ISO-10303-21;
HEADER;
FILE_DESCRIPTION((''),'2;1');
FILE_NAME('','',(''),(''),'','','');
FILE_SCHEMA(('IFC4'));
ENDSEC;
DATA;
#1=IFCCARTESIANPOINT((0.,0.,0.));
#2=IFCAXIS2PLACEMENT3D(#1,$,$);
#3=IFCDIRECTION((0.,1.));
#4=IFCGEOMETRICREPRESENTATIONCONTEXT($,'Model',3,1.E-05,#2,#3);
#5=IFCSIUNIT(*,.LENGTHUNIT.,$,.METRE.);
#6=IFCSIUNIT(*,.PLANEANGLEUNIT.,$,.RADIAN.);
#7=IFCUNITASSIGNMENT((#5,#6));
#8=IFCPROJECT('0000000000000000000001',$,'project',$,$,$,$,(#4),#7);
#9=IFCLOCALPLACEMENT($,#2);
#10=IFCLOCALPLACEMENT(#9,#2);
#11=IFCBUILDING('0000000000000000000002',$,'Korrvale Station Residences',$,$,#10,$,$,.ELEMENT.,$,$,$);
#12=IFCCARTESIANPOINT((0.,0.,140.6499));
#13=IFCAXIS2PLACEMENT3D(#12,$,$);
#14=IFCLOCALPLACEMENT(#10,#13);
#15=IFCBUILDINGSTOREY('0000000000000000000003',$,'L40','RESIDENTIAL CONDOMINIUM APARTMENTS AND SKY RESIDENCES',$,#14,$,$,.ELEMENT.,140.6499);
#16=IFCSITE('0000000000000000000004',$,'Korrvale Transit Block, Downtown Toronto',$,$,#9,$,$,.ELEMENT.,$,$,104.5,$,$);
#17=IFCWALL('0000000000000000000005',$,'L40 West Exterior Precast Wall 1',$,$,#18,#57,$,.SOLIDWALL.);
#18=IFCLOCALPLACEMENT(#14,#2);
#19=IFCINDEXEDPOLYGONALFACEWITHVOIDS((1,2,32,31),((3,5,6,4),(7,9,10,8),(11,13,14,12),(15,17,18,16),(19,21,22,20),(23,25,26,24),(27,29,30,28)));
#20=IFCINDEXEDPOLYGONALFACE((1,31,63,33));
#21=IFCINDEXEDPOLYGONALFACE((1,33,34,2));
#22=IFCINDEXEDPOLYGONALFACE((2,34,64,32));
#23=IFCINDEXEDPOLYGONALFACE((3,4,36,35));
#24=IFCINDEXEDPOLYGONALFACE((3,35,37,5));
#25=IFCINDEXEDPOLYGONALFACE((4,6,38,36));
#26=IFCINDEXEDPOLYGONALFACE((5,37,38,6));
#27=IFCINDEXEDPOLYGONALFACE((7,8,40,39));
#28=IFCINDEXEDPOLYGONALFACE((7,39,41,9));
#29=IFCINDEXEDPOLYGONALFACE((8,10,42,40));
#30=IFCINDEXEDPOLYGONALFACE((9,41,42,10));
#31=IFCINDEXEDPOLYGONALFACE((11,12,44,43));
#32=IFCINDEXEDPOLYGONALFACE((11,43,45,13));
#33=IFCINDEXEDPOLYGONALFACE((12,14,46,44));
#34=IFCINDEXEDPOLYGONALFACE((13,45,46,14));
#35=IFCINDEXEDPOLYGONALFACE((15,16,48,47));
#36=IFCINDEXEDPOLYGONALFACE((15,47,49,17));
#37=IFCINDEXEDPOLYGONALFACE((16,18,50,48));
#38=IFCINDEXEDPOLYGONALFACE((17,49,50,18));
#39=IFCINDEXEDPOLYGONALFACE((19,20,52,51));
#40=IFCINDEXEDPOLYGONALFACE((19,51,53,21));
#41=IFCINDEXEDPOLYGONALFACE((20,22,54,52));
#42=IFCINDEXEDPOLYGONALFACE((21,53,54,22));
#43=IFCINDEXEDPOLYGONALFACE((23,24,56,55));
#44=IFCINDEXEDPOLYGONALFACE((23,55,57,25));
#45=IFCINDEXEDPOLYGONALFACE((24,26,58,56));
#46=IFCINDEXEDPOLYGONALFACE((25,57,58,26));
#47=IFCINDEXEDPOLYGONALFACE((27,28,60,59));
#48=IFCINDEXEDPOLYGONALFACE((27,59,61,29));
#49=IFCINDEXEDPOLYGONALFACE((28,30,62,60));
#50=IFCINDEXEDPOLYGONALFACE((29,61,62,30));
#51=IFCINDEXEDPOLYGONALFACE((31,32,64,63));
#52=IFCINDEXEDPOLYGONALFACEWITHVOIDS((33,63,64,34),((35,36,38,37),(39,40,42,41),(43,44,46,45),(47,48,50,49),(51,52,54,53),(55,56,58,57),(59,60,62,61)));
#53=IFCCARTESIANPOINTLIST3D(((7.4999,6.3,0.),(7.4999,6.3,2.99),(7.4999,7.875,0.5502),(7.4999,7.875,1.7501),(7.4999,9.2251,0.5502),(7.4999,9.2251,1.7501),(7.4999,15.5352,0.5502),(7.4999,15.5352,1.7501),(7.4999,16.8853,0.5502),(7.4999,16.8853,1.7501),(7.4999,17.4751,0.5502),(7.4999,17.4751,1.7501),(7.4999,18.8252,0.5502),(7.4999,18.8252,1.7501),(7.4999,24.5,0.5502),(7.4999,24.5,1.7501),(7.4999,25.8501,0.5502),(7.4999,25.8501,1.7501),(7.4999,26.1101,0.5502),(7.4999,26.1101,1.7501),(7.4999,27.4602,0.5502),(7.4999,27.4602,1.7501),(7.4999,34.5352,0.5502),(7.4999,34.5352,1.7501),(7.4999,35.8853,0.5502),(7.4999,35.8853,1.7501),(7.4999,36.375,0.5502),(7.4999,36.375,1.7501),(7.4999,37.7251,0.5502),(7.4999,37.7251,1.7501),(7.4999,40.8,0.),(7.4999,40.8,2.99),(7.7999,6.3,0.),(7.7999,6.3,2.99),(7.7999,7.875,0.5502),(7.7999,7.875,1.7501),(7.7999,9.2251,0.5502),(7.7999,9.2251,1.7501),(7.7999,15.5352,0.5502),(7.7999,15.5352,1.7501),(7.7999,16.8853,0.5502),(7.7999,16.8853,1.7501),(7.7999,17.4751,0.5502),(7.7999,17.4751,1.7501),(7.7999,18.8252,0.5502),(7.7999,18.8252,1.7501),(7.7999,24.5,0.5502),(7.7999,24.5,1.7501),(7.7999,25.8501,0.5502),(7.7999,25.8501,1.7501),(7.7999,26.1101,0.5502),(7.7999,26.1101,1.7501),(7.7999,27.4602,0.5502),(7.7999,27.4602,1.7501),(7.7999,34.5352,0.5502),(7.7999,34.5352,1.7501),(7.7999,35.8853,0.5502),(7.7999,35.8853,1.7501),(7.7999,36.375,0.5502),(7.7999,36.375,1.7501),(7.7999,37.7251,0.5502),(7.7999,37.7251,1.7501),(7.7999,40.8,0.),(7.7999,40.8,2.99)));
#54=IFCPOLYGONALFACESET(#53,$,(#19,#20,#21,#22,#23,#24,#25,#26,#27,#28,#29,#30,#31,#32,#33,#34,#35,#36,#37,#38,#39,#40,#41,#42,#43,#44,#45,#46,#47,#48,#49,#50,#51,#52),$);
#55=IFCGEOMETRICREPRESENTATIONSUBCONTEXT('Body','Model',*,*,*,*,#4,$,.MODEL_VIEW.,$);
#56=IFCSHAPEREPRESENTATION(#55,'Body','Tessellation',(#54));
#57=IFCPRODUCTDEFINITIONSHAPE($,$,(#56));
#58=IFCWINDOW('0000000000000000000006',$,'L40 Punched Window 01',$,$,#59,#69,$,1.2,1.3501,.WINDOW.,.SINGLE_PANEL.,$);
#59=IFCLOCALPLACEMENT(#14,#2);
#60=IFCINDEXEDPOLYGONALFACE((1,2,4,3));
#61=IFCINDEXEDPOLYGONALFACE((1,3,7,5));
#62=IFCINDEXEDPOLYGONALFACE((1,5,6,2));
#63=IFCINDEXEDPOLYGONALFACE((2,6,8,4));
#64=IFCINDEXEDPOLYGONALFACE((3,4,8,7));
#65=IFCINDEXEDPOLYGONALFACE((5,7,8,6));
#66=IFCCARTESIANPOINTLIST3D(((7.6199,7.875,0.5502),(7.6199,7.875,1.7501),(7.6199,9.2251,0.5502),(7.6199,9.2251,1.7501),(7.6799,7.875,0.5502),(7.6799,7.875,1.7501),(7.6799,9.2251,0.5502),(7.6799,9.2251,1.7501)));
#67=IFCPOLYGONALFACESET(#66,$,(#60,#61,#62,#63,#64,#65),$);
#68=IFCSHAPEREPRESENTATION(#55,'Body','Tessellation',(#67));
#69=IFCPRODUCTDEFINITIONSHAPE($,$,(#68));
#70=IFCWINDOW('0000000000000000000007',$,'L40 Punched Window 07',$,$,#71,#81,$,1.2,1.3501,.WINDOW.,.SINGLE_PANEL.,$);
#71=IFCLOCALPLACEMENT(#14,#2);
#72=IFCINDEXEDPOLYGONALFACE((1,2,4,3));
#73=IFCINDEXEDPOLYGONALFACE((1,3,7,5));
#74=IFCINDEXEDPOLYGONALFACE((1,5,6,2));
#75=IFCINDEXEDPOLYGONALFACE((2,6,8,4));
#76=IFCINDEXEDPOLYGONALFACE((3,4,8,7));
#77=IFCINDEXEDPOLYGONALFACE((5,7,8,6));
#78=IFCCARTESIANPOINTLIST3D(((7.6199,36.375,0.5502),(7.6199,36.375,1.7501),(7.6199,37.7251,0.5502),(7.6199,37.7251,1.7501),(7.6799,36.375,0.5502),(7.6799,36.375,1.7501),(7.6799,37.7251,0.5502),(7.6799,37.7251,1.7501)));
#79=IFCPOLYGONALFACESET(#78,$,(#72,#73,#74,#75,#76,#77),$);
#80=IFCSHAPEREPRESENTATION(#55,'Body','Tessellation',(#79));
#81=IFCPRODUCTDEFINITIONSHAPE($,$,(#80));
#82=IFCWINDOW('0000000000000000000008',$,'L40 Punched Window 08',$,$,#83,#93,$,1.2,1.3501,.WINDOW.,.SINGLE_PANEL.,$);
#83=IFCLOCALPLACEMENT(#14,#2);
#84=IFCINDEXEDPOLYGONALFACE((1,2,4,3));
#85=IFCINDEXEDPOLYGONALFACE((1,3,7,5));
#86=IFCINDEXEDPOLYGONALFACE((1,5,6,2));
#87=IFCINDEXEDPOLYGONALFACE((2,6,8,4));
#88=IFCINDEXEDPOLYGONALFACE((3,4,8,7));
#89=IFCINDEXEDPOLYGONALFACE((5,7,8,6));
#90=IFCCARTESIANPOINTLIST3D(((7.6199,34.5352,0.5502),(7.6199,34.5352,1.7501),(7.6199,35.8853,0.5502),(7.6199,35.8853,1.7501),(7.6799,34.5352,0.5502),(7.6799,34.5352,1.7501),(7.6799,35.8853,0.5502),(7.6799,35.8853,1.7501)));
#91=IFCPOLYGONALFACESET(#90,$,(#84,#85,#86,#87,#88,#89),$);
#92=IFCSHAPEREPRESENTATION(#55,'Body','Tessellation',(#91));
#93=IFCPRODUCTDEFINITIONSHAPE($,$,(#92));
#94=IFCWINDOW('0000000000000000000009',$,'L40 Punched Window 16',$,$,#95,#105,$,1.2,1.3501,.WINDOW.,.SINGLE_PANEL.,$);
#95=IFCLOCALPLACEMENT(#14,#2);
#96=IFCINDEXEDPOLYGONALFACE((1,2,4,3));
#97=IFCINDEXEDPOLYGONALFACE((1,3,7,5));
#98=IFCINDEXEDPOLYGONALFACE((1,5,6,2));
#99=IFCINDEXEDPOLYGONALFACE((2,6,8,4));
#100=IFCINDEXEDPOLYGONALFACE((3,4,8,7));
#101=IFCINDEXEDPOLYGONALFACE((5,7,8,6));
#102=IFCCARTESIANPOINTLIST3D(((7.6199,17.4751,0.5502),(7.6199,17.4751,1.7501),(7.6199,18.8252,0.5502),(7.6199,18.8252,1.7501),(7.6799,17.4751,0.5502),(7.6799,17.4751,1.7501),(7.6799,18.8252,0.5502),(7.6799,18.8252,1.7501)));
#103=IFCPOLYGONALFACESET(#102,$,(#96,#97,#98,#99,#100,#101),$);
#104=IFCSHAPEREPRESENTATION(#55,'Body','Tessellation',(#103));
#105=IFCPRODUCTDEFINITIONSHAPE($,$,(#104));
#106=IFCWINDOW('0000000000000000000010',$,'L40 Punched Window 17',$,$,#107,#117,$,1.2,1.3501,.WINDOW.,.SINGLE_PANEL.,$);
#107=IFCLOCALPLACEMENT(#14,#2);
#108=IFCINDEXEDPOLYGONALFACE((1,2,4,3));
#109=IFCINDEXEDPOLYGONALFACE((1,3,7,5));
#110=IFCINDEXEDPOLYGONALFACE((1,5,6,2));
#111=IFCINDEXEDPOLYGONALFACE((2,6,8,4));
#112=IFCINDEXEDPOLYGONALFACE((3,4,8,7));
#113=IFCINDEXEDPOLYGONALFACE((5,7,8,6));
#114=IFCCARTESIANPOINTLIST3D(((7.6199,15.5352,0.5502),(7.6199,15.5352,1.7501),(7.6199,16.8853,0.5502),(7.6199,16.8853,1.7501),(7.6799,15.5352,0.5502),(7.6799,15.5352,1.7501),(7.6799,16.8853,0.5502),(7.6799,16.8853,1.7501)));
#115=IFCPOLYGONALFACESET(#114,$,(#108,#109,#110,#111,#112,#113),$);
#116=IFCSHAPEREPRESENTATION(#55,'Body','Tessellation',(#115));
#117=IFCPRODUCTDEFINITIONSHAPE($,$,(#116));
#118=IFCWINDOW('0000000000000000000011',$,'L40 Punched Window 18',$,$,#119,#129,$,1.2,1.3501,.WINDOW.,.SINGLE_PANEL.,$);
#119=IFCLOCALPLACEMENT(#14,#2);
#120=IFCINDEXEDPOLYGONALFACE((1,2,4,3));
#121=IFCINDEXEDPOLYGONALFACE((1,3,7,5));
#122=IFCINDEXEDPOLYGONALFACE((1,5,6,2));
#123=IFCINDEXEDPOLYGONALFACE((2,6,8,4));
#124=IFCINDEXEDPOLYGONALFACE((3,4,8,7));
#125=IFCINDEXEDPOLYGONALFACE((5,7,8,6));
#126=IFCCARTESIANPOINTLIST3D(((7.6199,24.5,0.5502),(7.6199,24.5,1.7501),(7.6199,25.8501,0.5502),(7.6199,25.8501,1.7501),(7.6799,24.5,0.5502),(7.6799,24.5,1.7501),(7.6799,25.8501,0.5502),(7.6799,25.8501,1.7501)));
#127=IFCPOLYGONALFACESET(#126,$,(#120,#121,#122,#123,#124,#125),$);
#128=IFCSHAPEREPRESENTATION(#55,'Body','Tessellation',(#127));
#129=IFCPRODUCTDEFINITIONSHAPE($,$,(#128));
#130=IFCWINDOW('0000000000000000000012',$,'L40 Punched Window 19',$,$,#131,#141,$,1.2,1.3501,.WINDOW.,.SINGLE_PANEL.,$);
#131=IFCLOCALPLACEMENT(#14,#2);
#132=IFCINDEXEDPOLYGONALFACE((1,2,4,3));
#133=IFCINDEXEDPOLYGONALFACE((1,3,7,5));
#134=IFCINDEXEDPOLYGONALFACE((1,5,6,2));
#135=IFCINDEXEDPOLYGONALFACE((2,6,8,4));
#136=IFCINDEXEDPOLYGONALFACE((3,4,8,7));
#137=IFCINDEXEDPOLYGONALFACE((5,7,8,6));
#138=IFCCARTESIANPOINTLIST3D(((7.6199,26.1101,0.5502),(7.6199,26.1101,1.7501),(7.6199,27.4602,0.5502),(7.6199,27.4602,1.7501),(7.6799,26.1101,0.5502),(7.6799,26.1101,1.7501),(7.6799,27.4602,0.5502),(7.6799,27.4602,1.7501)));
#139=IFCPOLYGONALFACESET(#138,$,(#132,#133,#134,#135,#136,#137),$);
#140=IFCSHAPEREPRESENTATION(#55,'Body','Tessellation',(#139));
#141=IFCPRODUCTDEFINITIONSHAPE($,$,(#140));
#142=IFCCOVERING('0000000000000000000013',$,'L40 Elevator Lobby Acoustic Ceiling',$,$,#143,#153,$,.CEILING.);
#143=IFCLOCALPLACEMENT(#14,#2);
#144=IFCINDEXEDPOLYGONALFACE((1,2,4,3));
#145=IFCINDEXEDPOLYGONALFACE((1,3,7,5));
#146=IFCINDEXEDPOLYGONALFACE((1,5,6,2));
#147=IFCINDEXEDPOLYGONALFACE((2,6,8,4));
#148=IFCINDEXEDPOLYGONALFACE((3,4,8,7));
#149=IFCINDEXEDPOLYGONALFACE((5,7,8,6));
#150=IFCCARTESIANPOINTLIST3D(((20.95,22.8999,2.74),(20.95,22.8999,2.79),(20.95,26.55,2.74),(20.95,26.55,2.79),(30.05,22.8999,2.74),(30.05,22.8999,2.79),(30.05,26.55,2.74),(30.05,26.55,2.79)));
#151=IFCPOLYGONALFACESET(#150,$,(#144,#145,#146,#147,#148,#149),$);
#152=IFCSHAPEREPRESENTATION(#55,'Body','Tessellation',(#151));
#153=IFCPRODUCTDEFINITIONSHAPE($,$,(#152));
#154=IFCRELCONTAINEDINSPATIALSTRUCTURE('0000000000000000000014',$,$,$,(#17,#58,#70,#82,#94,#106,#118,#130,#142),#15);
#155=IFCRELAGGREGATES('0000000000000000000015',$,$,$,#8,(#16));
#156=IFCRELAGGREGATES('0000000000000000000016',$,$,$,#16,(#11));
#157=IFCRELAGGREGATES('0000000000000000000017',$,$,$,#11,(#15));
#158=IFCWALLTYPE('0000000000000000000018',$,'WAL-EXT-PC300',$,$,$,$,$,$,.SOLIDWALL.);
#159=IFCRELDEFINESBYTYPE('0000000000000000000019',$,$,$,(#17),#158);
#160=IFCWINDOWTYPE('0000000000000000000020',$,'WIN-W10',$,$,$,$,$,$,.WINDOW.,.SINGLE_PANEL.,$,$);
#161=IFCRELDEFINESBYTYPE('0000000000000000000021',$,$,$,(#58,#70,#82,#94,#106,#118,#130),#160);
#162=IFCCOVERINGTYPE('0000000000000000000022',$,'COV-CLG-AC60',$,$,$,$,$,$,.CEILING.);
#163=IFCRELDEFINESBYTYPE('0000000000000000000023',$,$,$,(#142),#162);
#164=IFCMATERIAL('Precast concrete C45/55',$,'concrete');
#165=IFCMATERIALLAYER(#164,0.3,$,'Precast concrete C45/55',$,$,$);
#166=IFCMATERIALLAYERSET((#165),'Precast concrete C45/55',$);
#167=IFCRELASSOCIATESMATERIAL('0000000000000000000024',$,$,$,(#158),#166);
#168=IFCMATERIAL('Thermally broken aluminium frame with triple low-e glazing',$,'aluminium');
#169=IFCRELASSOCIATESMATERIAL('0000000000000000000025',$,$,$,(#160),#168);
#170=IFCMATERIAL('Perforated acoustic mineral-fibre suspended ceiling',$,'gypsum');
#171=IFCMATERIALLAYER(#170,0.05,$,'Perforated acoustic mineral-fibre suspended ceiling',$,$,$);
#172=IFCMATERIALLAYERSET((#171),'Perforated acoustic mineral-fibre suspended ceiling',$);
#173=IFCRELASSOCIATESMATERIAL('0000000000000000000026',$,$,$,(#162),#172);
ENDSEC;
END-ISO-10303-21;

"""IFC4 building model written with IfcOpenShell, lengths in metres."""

from ifc_helpers import new_model, si_unit, direction, frame, frame_2d, origin, place, context, subcontext, project, spatial, polyline, rectangle, outline, extrude, material, layer, layer_set, type_object, element, fill, save


model = new_model("IFC4")

# Units and contexts
model_context = context("Model", 3, precision=1e-05, world=origin(), true_north=direction((0.0, 1.0)))
body_context = subcontext(model_context, "Body", "Model", "MODEL_VIEW")
ifc_project = project(units=[si_unit("LENGTHUNIT", "METRE"), si_unit("PLANEANGLEUNIT", "RADIAN")], contexts=[model_context])

# Site, building, storey
site_placement = place(None, origin())
site = spatial("IfcSite", under=ifc_project, at=site_placement, Name="Korrvale Transit Block, Downtown Toronto", CompositionType="ELEMENT", RefElevation=104.5)
building_placement = place(site_placement, origin())
building = spatial("IfcBuilding", under=site, at=building_placement, Name="Korrvale Station Residences", CompositionType="ELEMENT")
storey_placement = place(building_placement, frame((0.0, 0.0, 140.6499)))
storey = spatial("IfcBuildingStorey", under=building, at=storey_placement, Name="L40", Description="RESIDENTIAL CONDOMINIUM APARTMENTS AND SKY RESIDENCES", CompositionType="ELEMENT", Elevation=140.6499)

# Shared definitions
ifc_material_1 = material(Name="Precast concrete C45/55", Category="concrete")
ifc_layer_1 = layer(ifc_material_1, 0.3, Name="Precast concrete C45/55")
ifc_layer_set_1 = layer_set([ifc_layer_1], Name="Precast concrete C45/55")
wall_type_1 = type_object("IfcWallType", Name="WAL-EXT-PC300", PredefinedType="SOLIDWALL", material=ifc_layer_set_1)

# Wall, openings, windows
wall_1_placement = place(storey_placement, frame((7.6499, 6.3, 0.0), z_axis=(0.0, 0.0, 1.0), x_axis=(0.0, 1.0, 0.0)))
wall_1 = element("IfcWall", 1, at=wall_1_placement, inside=storey, type_object=wall_type_1, Name="L40 West Exterior Precast Wall 1", PredefinedType="SOLIDWALL", context=body_context, shape_type="SweptSolid", body=[
    extrude(rectangle(XDim=34.5, YDim=0.3, at=frame_2d((17.25, 0.0))), origin(), (0.0, 0.0, 1.0), 2.99),
])
opening_1_placement = place(wall_1_placement, frame((1.575, 0.0, 0.55)))
opening_1 = element("IfcOpeningElement", 2, at=opening_1_placement, cuts=wall_1, PredefinedType="OPENING", context=body_context, shape_type="SweptSolid", body=[
    extrude(rectangle(XDim=1.3501, YDim=1.2, at=frame_2d((0.675, 0.6001))), frame((0.0, 0.1602, 0.0), z_axis=(0.0, -1.0, 0.0), x_axis=(1.0, 0.0, 0.0)), (0.0, 0.0, 1.0), 0.3201),
])
opening_2_placement = place(wall_1_placement, frame((30.075, 0.0, 0.55)))
opening_2 = element("IfcOpeningElement", 3, at=opening_2_placement, cuts=wall_1, PredefinedType="OPENING", context=body_context, shape_type="SweptSolid", body=[
    extrude(rectangle(XDim=1.3501, YDim=1.2, at=frame_2d((0.675, 0.6001))), frame((0.0, 0.1602, 0.0), z_axis=(0.0, -1.0, 0.0), x_axis=(1.0, 0.0, 0.0)), (0.0, 0.0, 1.0), 0.3201),
])
opening_3_placement = place(wall_1_placement, frame((28.2351, 0.0, 0.55)))
opening_3 = element("IfcOpeningElement", 4, at=opening_3_placement, cuts=wall_1, PredefinedType="OPENING", context=body_context, shape_type="SweptSolid", body=[
    extrude(rectangle(XDim=1.3501, YDim=1.2, at=frame_2d((0.675, 0.6001))), frame((0.0, 0.1602, 0.0), z_axis=(0.0, -1.0, 0.0), x_axis=(1.0, 0.0, 0.0)), (0.0, 0.0, 1.0), 0.3201),
])
opening_4_placement = place(wall_1_placement, frame((11.175, 0.0, 0.55)))
opening_4 = element("IfcOpeningElement", 5, at=opening_4_placement, cuts=wall_1, PredefinedType="OPENING", context=body_context, shape_type="SweptSolid", body=[
    extrude(rectangle(XDim=1.3501, YDim=1.2, at=frame_2d((0.675, 0.6001))), frame((0.0, 0.1602, 0.0), z_axis=(0.0, -1.0, 0.0), x_axis=(1.0, 0.0, 0.0)), (0.0, 0.0, 1.0), 0.3201),
])
opening_5_placement = place(wall_1_placement, frame((9.2351, 0.0, 0.55)))
opening_5 = element("IfcOpeningElement", 6, at=opening_5_placement, cuts=wall_1, PredefinedType="OPENING", context=body_context, shape_type="SweptSolid", body=[
    extrude(rectangle(XDim=1.3501, YDim=1.2, at=frame_2d((0.675, 0.6001))), frame((0.0, 0.1602, 0.0), z_axis=(0.0, -1.0, 0.0), x_axis=(1.0, 0.0, 0.0)), (0.0, 0.0, 1.0), 0.3201),
])
opening_6_placement = place(wall_1_placement, frame((18.2, 0.0, 0.55)))
opening_6 = element("IfcOpeningElement", 7, at=opening_6_placement, cuts=wall_1, PredefinedType="OPENING", context=body_context, shape_type="SweptSolid", body=[
    extrude(rectangle(XDim=1.3501, YDim=1.2, at=frame_2d((0.675, 0.6001))), frame((0.0, 0.1602, 0.0), z_axis=(0.0, -1.0, 0.0), x_axis=(1.0, 0.0, 0.0)), (0.0, 0.0, 1.0), 0.3201),
])
opening_7_placement = place(wall_1_placement, frame((19.8101, 0.0, 0.55)))
opening_7 = element("IfcOpeningElement", 8, at=opening_7_placement, cuts=wall_1, PredefinedType="OPENING", context=body_context, shape_type="SweptSolid", body=[
    extrude(rectangle(XDim=1.3501, YDim=1.2, at=frame_2d((0.675, 0.6001))), frame((0.0, 0.1602, 0.0), z_axis=(0.0, -1.0, 0.0), x_axis=(1.0, 0.0, 0.0)), (0.0, 0.0, 1.0), 0.3201),
])
ifc_material_2 = material(Name="Thermally broken aluminium frame with triple low-e glazing", Category="aluminium")
window_type = type_object("IfcWindowType", Name="WIN-W10", PartitioningType="SINGLE_PANEL", PredefinedType="WINDOW", material=ifc_material_2)
window_1_placement = place(opening_1_placement, origin())
window_1 = element("IfcWindow", 9, at=window_1_placement, inside=storey, type_object=window_type, Name="L40 Punched Window 01", OverallHeight=1.2, OverallWidth=1.3501, PartitioningType="SINGLE_PANEL", PredefinedType="WINDOW", context=body_context, shape_type="SweptSolid", body=[
    extrude(rectangle(XDim=1.3501, YDim=1.2, at=frame_2d((0.675, 0.6001))), frame((0.0, 0.03, 0.0), z_axis=(0.0, -1.0, 0.0), x_axis=(1.0, 0.0, 0.0)), (0.0, 0.0, 1.0), 0.0601),
])
fill(opening_1, window_1)
window_2_placement = place(opening_2_placement, origin())
window_2 = element("IfcWindow", 10, at=window_2_placement, inside=storey, type_object=window_type, Name="L40 Punched Window 07", OverallHeight=1.2, OverallWidth=1.3501, PartitioningType="SINGLE_PANEL", PredefinedType="WINDOW", context=body_context, shape_type="SweptSolid", body=[
    extrude(rectangle(XDim=1.3501, YDim=1.2, at=frame_2d((0.675, 0.6001))), frame((0.0, 0.03, 0.0), z_axis=(0.0, -1.0, 0.0), x_axis=(1.0, 0.0, 0.0)), (0.0, 0.0, 1.0), 0.0601),
])
fill(opening_2, window_2)
window_3_placement = place(opening_3_placement, origin())
window_3 = element("IfcWindow", 11, at=window_3_placement, inside=storey, type_object=window_type, Name="L40 Punched Window 08", OverallHeight=1.2, OverallWidth=1.3501, PartitioningType="SINGLE_PANEL", PredefinedType="WINDOW", context=body_context, shape_type="SweptSolid", body=[
    extrude(rectangle(XDim=1.3501, YDim=1.2, at=frame_2d((0.675, 0.6001))), frame((0.0, 0.03, 0.0), z_axis=(0.0, -1.0, 0.0), x_axis=(1.0, 0.0, 0.0)), (0.0, 0.0, 1.0), 0.0601),
])
fill(opening_3, window_3)
window_4_placement = place(opening_4_placement, origin())
window_4 = element("IfcWindow", 12, at=window_4_placement, inside=storey, type_object=window_type, Name="L40 Punched Window 16", OverallHeight=1.2, OverallWidth=1.3501, PartitioningType="SINGLE_PANEL", PredefinedType="WINDOW", context=body_context, shape_type="SweptSolid", body=[
    extrude(rectangle(XDim=1.3501, YDim=1.2, at=frame_2d((0.675, 0.6001))), frame((0.0, 0.03, 0.0), z_axis=(0.0, -1.0, 0.0), x_axis=(1.0, 0.0, 0.0)), (0.0, 0.0, 1.0), 0.0601),
])
fill(opening_4, window_4)
window_5_placement = place(opening_5_placement, origin())
window_5 = element("IfcWindow", 13, at=window_5_placement, inside=storey, type_object=window_type, Name="L40 Punched Window 17", OverallHeight=1.2, OverallWidth=1.3501, PartitioningType="SINGLE_PANEL", PredefinedType="WINDOW", context=body_context, shape_type="SweptSolid", body=[
    extrude(rectangle(XDim=1.3501, YDim=1.2, at=frame_2d((0.675, 0.6001))), frame((0.0, 0.03, 0.0), z_axis=(0.0, -1.0, 0.0), x_axis=(1.0, 0.0, 0.0)), (0.0, 0.0, 1.0), 0.0601),
])
fill(opening_5, window_5)
window_6_placement = place(opening_6_placement, origin())
window_6 = element("IfcWindow", 14, at=window_6_placement, inside=storey, type_object=window_type, Name="L40 Punched Window 18", OverallHeight=1.2, OverallWidth=1.3501, PartitioningType="SINGLE_PANEL", PredefinedType="WINDOW", context=body_context, shape_type="SweptSolid", body=[
    extrude(rectangle(XDim=1.3501, YDim=1.2, at=frame_2d((0.675, 0.6001))), frame((0.0, 0.03, 0.0), z_axis=(0.0, -1.0, 0.0), x_axis=(1.0, 0.0, 0.0)), (0.0, 0.0, 1.0), 0.0601),
])
fill(opening_6, window_6)
window_7_placement = place(opening_7_placement, origin())
window_7 = element("IfcWindow", 15, at=window_7_placement, inside=storey, type_object=window_type, Name="L40 Punched Window 19", OverallHeight=1.2, OverallWidth=1.3501, PartitioningType="SINGLE_PANEL", PredefinedType="WINDOW", context=body_context, shape_type="SweptSolid", body=[
    extrude(rectangle(XDim=1.3501, YDim=1.2, at=frame_2d((0.675, 0.6001))), frame((0.0, 0.03, 0.0), z_axis=(0.0, -1.0, 0.0), x_axis=(1.0, 0.0, 0.0)), (0.0, 0.0, 1.0), 0.0601),
])
fill(opening_7, window_7)

# Covering
ifc_material_3 = material(Name="Perforated acoustic mineral-fibre suspended ceiling", Category="gypsum")
ifc_layer_2 = layer(ifc_material_3, 0.05, Name="Perforated acoustic mineral-fibre suspended ceiling")
ifc_layer_set_2 = layer_set([ifc_layer_2], Name="Perforated acoustic mineral-fibre suspended ceiling")
covering_type_1 = type_object("IfcCoveringType", Name="COV-CLG-AC60", PredefinedType="CEILING", material=ifc_layer_set_2)
covering_1_placement = place(storey_placement, frame((0.0, 0.0, 2.74)))
element("IfcCovering", 16, at=covering_1_placement, inside=storey, type_object=covering_type_1, Name="L40 Elevator Lobby Acoustic Ceiling", PredefinedType="CEILING", context=body_context, shape_type="SweptSolid", body=[
    extrude(outline(polyline([(20.95, 22.8999), (30.05, 22.8999), (30.05, 26.55), (20.95, 26.55), (20.95, 22.8999)])), origin(), (0.0, 0.0, 1.0), 0.05),
])

save(model, "model.ifc")
